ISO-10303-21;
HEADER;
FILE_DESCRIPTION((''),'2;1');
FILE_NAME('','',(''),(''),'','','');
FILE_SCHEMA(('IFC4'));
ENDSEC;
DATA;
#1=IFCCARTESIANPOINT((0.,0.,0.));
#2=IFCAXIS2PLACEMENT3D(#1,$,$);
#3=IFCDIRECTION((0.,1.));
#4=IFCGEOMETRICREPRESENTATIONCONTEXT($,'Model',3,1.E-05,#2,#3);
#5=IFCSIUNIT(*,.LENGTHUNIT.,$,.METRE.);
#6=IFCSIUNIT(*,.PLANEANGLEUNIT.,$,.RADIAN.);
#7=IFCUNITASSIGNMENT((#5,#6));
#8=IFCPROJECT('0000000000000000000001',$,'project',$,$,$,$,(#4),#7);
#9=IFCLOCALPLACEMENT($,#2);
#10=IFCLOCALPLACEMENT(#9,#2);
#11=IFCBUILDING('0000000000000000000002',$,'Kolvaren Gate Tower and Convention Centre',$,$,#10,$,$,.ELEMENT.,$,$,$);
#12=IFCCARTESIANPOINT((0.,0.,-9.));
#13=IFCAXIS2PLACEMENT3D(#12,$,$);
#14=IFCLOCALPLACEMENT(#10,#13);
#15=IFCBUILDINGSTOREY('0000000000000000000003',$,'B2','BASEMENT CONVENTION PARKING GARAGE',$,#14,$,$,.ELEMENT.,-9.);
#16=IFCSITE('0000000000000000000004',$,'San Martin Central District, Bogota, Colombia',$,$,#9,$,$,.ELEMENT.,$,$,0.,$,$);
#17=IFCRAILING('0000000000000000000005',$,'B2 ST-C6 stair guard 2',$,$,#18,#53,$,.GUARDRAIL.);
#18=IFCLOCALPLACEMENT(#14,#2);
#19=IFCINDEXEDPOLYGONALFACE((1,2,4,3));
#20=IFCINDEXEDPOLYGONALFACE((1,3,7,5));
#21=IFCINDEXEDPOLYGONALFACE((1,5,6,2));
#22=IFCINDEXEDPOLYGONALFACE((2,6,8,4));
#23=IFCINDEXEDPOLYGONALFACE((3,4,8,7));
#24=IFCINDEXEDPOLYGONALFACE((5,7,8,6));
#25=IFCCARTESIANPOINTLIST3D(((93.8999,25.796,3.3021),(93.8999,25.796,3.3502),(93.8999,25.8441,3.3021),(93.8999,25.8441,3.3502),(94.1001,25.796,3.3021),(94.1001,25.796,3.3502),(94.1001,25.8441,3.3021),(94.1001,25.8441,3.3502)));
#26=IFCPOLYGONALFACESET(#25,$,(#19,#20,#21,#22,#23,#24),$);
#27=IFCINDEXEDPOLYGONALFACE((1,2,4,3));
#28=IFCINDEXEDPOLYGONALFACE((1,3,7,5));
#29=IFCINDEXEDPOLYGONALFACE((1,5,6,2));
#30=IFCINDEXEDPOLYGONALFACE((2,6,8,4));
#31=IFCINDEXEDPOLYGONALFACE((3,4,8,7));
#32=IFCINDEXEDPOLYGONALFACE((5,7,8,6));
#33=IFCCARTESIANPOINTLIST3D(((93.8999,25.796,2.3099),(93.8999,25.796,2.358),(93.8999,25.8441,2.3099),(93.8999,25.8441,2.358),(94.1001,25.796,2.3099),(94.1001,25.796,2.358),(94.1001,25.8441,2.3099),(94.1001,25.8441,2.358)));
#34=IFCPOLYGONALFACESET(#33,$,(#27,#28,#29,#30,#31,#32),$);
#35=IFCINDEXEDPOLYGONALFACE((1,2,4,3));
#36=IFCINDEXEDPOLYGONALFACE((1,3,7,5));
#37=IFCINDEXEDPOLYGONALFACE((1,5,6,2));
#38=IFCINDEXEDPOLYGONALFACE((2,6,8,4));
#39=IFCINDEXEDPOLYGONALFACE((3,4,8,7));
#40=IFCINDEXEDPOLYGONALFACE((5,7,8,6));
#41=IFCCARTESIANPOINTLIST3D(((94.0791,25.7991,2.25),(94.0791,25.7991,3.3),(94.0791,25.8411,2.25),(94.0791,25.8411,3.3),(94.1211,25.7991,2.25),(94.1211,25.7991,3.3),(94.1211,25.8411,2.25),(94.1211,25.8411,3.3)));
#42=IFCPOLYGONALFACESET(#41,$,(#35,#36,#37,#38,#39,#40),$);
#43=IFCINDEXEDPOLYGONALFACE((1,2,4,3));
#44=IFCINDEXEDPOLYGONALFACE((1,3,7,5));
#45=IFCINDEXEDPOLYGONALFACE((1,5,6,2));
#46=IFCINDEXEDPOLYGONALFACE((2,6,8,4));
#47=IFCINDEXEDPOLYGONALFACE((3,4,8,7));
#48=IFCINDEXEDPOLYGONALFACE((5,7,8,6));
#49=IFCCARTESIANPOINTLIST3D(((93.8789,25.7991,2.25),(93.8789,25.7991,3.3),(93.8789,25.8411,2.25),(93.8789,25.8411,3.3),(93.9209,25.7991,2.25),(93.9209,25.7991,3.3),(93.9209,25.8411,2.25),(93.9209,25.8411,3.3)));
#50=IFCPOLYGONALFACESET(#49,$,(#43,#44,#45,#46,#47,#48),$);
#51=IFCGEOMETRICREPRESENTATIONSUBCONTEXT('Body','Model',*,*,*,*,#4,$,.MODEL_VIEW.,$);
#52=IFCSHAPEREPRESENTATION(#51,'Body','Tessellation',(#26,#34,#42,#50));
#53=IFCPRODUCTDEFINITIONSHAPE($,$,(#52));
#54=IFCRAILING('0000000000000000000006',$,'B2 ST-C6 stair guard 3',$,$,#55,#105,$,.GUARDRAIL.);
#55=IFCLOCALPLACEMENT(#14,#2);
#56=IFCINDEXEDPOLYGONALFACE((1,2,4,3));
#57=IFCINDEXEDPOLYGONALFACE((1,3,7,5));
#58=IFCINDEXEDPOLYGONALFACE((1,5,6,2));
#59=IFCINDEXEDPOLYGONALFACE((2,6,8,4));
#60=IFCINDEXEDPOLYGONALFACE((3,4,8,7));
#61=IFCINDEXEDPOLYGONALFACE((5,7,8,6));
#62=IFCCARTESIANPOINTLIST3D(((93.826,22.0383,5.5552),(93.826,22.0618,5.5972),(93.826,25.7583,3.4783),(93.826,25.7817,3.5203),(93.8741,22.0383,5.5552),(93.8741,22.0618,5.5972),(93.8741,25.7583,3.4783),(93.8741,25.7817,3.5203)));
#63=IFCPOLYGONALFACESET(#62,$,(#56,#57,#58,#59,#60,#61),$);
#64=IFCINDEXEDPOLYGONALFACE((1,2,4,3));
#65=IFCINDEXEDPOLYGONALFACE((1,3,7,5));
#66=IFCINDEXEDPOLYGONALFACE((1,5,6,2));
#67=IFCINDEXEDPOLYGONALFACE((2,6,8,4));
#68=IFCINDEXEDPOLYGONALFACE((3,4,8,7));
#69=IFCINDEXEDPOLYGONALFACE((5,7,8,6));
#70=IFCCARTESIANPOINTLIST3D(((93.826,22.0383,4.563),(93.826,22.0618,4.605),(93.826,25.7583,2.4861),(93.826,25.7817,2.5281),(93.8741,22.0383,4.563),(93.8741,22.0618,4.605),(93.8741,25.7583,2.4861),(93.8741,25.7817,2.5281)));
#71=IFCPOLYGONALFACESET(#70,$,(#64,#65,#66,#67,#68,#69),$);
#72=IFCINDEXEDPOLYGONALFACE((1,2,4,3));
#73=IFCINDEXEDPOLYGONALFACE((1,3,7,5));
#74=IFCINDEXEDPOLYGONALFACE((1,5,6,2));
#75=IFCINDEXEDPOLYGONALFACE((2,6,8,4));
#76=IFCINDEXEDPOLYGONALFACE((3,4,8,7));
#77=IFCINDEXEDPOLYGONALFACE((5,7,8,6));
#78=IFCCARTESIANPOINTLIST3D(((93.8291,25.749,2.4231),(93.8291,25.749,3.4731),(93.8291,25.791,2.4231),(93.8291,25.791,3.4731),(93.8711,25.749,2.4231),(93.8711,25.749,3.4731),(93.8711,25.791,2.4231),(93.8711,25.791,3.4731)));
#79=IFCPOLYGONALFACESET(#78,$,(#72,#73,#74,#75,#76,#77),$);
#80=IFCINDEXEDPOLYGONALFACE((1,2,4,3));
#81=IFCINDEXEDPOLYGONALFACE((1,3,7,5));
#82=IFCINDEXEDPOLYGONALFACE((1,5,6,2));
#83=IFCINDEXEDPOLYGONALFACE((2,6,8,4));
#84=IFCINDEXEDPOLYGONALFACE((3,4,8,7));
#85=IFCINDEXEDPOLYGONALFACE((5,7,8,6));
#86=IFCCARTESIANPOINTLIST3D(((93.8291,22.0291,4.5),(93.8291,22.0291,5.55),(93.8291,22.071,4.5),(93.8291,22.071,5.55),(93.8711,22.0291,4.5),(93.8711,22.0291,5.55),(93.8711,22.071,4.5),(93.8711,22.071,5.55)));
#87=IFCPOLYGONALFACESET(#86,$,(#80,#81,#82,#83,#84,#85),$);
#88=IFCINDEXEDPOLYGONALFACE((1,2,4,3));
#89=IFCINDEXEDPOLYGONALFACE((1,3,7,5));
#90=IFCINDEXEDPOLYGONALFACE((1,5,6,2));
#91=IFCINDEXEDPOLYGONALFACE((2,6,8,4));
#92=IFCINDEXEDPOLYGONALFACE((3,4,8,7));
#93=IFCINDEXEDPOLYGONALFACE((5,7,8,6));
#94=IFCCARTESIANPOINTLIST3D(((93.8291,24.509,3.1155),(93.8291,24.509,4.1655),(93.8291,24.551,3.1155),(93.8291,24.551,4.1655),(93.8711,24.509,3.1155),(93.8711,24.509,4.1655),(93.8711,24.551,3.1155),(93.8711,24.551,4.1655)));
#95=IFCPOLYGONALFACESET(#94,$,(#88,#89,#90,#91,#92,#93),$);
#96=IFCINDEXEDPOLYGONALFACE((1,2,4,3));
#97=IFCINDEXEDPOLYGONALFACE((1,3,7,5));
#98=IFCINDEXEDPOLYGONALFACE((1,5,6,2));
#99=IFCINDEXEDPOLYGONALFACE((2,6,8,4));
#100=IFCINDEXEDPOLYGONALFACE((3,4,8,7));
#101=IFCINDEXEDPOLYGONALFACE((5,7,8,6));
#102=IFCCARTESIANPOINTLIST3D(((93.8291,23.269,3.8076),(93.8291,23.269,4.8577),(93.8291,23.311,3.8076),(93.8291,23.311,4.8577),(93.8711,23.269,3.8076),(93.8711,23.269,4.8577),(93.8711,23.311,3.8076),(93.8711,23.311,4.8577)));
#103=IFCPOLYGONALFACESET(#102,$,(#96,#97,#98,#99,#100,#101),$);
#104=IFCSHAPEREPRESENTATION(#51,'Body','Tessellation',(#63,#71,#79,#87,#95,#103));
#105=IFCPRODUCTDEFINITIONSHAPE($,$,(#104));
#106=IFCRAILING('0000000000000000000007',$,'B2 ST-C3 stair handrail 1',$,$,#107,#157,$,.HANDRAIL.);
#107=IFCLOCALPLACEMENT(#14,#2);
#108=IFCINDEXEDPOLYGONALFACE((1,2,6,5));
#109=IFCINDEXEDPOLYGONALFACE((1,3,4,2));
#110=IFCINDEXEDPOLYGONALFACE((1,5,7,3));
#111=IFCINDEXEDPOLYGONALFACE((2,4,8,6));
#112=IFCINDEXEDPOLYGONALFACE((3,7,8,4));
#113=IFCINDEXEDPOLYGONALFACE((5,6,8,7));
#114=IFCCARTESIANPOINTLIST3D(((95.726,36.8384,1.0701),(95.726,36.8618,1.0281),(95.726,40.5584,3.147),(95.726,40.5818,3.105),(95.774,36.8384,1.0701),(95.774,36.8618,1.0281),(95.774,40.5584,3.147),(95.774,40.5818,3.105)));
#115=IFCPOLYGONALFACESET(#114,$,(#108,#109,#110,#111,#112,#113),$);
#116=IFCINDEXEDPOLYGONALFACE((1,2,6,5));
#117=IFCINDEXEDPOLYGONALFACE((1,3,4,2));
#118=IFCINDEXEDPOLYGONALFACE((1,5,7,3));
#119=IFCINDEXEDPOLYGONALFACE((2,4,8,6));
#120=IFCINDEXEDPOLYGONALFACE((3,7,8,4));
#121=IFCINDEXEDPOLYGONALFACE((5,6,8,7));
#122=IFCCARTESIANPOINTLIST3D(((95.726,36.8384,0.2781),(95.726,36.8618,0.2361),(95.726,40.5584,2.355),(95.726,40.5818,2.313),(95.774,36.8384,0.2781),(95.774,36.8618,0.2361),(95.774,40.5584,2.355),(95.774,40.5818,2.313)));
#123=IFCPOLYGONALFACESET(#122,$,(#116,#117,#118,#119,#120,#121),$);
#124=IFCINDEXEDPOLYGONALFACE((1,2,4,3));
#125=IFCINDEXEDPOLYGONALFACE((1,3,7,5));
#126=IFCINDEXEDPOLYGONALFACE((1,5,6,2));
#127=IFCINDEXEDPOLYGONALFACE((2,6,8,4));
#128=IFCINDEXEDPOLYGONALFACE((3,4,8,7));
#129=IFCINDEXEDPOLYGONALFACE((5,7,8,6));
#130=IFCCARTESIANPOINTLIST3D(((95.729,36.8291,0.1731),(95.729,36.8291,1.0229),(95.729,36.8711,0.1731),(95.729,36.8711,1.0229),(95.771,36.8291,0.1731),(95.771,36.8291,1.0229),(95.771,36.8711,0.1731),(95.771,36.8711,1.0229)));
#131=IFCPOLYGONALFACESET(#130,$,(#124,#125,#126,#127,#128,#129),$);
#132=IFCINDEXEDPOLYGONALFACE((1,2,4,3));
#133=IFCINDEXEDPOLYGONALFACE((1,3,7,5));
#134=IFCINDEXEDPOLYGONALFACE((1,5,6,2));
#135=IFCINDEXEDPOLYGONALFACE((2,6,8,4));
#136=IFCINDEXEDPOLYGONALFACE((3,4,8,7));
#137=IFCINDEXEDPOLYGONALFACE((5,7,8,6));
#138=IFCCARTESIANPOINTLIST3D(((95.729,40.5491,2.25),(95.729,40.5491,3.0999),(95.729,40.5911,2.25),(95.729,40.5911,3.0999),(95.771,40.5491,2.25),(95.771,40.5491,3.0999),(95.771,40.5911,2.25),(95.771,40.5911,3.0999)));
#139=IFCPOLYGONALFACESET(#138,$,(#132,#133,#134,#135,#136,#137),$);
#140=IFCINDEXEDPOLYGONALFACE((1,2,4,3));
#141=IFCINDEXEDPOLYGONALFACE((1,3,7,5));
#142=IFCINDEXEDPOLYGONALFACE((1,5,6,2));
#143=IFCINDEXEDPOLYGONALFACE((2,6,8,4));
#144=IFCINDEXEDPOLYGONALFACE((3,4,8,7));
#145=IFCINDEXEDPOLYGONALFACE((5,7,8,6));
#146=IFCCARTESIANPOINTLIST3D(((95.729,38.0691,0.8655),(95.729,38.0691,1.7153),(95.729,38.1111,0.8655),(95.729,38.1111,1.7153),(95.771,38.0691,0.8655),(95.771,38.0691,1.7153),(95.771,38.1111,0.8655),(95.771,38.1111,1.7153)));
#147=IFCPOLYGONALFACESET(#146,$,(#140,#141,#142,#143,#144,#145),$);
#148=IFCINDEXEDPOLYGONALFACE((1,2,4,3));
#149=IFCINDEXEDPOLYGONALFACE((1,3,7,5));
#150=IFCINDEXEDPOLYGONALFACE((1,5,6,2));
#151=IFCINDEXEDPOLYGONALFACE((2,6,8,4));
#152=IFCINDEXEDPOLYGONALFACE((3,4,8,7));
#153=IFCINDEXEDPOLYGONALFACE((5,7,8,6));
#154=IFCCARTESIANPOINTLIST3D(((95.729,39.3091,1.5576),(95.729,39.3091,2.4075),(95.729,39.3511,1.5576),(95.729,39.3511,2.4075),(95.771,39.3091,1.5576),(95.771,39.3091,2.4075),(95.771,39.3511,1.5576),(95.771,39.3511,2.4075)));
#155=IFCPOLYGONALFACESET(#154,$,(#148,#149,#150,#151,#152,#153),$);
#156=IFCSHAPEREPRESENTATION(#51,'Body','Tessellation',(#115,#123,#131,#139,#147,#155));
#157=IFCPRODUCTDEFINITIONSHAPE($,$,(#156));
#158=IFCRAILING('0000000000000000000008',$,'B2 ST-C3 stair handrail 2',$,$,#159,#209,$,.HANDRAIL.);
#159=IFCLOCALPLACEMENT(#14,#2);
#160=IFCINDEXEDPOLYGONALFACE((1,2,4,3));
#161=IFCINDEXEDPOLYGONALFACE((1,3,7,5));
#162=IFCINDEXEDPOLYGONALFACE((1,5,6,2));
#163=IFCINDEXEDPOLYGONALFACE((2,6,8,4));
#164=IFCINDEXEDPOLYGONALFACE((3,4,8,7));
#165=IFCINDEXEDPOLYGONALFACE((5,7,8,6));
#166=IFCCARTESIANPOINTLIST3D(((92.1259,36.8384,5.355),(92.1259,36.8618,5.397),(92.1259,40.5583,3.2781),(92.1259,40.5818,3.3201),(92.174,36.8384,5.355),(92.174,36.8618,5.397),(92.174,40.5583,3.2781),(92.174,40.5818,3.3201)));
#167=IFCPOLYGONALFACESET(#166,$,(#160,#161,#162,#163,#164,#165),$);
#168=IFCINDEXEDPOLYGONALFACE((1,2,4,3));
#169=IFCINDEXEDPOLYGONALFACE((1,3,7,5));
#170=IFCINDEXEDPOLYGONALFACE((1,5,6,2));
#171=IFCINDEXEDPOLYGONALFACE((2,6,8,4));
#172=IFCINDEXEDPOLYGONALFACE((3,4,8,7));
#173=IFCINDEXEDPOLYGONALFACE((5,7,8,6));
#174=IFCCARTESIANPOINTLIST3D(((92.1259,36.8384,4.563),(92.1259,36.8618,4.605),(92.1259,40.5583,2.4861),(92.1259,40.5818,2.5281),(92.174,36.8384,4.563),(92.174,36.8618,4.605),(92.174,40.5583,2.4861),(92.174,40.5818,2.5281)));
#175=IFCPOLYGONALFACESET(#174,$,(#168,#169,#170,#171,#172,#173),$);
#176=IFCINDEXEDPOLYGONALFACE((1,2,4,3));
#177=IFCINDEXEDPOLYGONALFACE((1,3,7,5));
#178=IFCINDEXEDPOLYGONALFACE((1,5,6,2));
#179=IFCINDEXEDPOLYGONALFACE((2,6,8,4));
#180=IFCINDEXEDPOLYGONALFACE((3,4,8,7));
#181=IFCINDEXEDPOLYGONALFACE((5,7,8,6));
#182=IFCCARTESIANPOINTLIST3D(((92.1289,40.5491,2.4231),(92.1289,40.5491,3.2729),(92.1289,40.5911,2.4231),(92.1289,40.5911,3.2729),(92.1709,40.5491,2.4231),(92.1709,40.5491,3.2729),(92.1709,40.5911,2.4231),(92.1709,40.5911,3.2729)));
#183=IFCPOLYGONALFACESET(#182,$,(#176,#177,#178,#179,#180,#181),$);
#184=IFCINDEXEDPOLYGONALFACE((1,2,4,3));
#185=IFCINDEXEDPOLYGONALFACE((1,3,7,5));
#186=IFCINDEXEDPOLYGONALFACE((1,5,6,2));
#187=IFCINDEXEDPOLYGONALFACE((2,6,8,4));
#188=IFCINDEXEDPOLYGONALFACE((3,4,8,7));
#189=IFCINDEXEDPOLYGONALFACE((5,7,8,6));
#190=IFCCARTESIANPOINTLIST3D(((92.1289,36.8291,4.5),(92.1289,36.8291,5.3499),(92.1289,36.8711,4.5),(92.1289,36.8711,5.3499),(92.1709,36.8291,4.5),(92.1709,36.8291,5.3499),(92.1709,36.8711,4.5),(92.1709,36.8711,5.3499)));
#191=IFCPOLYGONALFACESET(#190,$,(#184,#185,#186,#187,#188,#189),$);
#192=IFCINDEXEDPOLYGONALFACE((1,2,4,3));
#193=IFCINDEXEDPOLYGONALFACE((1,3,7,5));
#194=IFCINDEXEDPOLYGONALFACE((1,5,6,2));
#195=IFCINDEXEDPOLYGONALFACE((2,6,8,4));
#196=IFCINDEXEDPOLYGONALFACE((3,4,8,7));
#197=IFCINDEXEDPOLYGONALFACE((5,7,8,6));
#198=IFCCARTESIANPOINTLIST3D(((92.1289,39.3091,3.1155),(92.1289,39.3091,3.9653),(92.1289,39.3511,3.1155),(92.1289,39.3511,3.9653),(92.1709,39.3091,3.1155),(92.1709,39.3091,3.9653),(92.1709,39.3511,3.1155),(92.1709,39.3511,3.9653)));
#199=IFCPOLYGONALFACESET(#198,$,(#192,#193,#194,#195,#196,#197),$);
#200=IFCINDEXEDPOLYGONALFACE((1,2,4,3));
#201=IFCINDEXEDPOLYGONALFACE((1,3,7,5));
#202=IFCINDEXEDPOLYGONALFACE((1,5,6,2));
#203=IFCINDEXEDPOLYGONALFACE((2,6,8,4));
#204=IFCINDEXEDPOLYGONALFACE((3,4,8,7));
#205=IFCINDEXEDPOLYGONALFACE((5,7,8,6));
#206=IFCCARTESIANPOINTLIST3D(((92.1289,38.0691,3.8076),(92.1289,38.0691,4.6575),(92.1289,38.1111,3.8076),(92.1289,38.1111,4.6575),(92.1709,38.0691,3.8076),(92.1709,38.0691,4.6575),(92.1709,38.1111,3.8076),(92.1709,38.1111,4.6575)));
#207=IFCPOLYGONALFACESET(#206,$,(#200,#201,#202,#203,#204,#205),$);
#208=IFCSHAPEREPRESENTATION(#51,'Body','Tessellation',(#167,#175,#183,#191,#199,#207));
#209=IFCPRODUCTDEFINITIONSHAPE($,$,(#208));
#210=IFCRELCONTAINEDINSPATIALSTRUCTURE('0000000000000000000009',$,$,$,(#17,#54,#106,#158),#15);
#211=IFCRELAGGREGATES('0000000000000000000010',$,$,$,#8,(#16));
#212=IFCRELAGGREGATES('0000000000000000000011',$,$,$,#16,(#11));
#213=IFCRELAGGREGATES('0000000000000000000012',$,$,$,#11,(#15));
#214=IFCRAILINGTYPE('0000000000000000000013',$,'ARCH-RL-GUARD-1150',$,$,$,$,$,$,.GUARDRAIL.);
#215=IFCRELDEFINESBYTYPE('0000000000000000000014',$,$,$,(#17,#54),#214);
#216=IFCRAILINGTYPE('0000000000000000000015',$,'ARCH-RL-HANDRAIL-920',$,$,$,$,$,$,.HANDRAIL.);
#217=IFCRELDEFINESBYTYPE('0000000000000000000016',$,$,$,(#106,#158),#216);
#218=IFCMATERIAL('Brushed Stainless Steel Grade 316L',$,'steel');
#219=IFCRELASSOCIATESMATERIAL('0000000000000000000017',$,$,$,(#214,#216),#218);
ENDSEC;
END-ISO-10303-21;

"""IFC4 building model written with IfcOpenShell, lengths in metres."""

from ifc_helpers import new_model, si_unit, direction, frame, origin, origin_2d, place, context, subcontext, project, spatial, rectangle, extrude, material, type_object, element, save


model = new_model("IFC4")

# Units and contexts
model_context = context("Model", 3, precision=1e-05, world=origin(), true_north=direction((0.0, 1.0)))
body_context = subcontext(model_context, "Body", "Model", "MODEL_VIEW")
ifc_project = project(units=[si_unit("LENGTHUNIT", "METRE"), si_unit("PLANEANGLEUNIT", "RADIAN")], contexts=[model_context])

# Site, building, storey
site_placement = place(None, origin())
site = spatial("IfcSite", under=ifc_project, at=site_placement, Name="San Martin Central District, Bogota, Colombia", CompositionType="ELEMENT", RefElevation=0.0)
building_placement = place(site_placement, origin())
building = spatial("IfcBuilding", under=site, at=building_placement, Name="Kolvaren Gate Tower and Convention Centre", CompositionType="ELEMENT")
storey_placement = place(building_placement, frame((0.0, 0.0, -9.0)))
storey = spatial("IfcBuildingStorey", under=building, at=storey_placement, Name="B2", Description="BASEMENT CONVENTION PARKING GARAGE", CompositionType="ELEMENT", Elevation=-9.0)

# Railings
ifc_material_1 = material(Name="Brushed Stainless Steel Grade 316L", Category="steel")
railing_type_1 = type_object("IfcRailingType", Name="ARCH-RL-GUARD-1150", PredefinedType="GUARDRAIL", material=ifc_material_1)
railing_1_placement = place(storey_placement, frame((94.1001, 25.8201, 2.25)))
element("IfcRailing", 1, at=railing_1_placement, inside=storey, type_object=railing_type_1, Name="B2 ST-C6 stair guard 2", PredefinedType="GUARDRAIL", context=body_context, shape_type="SweptSolid", body=[
    extrude(rectangle(XDim=0.0481, YDim=0.0481, at=origin_2d()), frame((0.0, 0.0, 1.0762), z_axis=(-1.0, 0.0, 0.0), x_axis=(0.0, -1.0, 0.0)), (0.0, 0.0, 1.0), 0.2002),
    extrude(rectangle(XDim=0.0481, YDim=0.0481, at=origin_2d()), frame((0.0, 0.0, 0.084), z_axis=(-1.0, 0.0, 0.0), x_axis=(0.0, -1.0, 0.0)), (0.0, 0.0, 1.0), 0.2002),
    extrude(rectangle(XDim=0.042, YDim=0.042, at=origin_2d()), origin(), (0.0, 0.0, 1.0), 1.05),
    extrude(rectangle(XDim=0.042, YDim=0.042, at=origin_2d()), frame((-0.2002, 0.0, 0.0)), (0.0, 0.0, 1.0), 1.05),
])
railing_2_placement = place(storey_placement, frame((93.8501, 25.77, 2.4231)))
element("IfcRailing", 2, at=railing_2_placement, inside=storey, type_object=railing_type_1, Name="B2 ST-C6 stair guard 3", PredefinedType="GUARDRAIL", context=body_context, shape_type="SweptSolid", body=[
    extrude(rectangle(XDim=0.0481, YDim=0.0481, at=origin_2d()), frame((0.0, 0.0, 1.0762), z_axis=(0.0, -0.873134, 0.487481), x_axis=(1.0, 0.0, 0.0)), (0.0, 0.0, 1.0), 4.2605),
    extrude(rectangle(XDim=0.0481, YDim=0.0481, at=origin_2d()), frame((0.0, 0.0, 0.084), z_axis=(0.0, -0.873134, 0.487481), x_axis=(1.0, 0.0, 0.0)), (0.0, 0.0, 1.0), 4.2605),
    extrude(rectangle(XDim=0.042, YDim=0.042, at=origin_2d()), origin(), (0.0, 0.0, 1.0), 1.05),
    extrude(rectangle(XDim=0.042, YDim=0.042, at=origin_2d()), frame((0.0, -3.72, 2.0769)), (0.0, 0.0, 1.0), 1.05),
    extrude(rectangle(XDim=0.042, YDim=0.042, at=origin_2d()), frame((0.0, -1.24, 0.6924)), (0.0, 0.0, 1.0), 1.05),
    extrude(rectangle(XDim=0.042, YDim=0.042, at=origin_2d()), frame((0.0, -2.48, 1.3845)), (0.0, 0.0, 1.0), 1.05),
])
railing_type_2 = type_object("IfcRailingType", Name="ARCH-RL-HANDRAIL-920", PredefinedType="HANDRAIL", material=ifc_material_1)
railing_3_placement = place(storey_placement, frame((95.75, 36.8501, 0.1731)))
element("IfcRailing", 3, at=railing_3_placement, inside=storey, type_object=railing_type_2, Name="B2 ST-C3 stair handrail 1", PredefinedType="HANDRAIL", context=body_context, shape_type="SweptSolid", body=[
    extrude(rectangle(XDim=0.0481, YDim=0.0481, at=origin_2d()), frame((0.0, 0.0, 0.876), z_axis=(0.0, 0.873134, 0.487481), x_axis=(-1.0, 0.0, 0.0)), (0.0, 0.0, 1.0), 4.2605),
    extrude(rectangle(XDim=0.0481, YDim=0.0481, at=origin_2d()), frame((0.0, 0.0, 0.084), z_axis=(0.0, 0.873134, 0.487481), x_axis=(-1.0, 0.0, 0.0)), (0.0, 0.0, 1.0), 4.2605),
    extrude(rectangle(XDim=0.042, YDim=0.042, at=origin_2d()), origin(), (0.0, 0.0, 1.0), 0.8499),
    extrude(rectangle(XDim=0.042, YDim=0.042, at=origin_2d()), frame((0.0, 3.72, 2.0769)), (0.0, 0.0, 1.0), 0.8499),
    extrude(rectangle(XDim=0.042, YDim=0.042, at=origin_2d()), frame((0.0, 1.24, 0.6924)), (0.0, 0.0, 1.0), 0.8499),
    extrude(rectangle(XDim=0.042, YDim=0.042, at=origin_2d()), frame((0.0, 2.48, 1.3845)), (0.0, 0.0, 1.0), 0.8499),
])
for number, where, name in (
    (4, (92.1499, 40.5701, 2.4231), "B2 ST-C3 stair handrail 2"),
):
    element("IfcRailing", number, at=place(storey_placement, frame(where)), inside=storey, type_object=railing_type_2, Name=name, PredefinedType="HANDRAIL", context=body_context, shape_type="SweptSolid", body=[
        extrude(rectangle(XDim=0.0481, YDim=0.0481, at=origin_2d()), frame((0.0, 0.0, 0.876), z_axis=(0.0, -0.873134, 0.487481), x_axis=(1.0, 0.0, 0.0)), (0.0, 0.0, 1.0), 4.2605),
        extrude(rectangle(XDim=0.0481, YDim=0.0481, at=origin_2d()), frame((0.0, 0.0, 0.084), z_axis=(0.0, -0.873134, 0.487481), x_axis=(1.0, 0.0, 0.0)), (0.0, 0.0, 1.0), 4.2605),
        extrude(rectangle(XDim=0.042, YDim=0.042, at=origin_2d()), origin(), (0.0, 0.0, 1.0), 0.8499),
        extrude(rectangle(XDim=0.042, YDim=0.042, at=origin_2d()), frame((0.0, -3.72, 2.0769)), (0.0, 0.0, 1.0), 0.8499),
        extrude(rectangle(XDim=0.042, YDim=0.042, at=origin_2d()), frame((0.0, -1.24, 0.6924)), (0.0, 0.0, 1.0), 0.8499),
        extrude(rectangle(XDim=0.042, YDim=0.042, at=origin_2d()), frame((0.0, -2.48, 1.3845)), (0.0, 0.0, 1.0), 0.8499),
    ])

save(model, "model.ifc")
